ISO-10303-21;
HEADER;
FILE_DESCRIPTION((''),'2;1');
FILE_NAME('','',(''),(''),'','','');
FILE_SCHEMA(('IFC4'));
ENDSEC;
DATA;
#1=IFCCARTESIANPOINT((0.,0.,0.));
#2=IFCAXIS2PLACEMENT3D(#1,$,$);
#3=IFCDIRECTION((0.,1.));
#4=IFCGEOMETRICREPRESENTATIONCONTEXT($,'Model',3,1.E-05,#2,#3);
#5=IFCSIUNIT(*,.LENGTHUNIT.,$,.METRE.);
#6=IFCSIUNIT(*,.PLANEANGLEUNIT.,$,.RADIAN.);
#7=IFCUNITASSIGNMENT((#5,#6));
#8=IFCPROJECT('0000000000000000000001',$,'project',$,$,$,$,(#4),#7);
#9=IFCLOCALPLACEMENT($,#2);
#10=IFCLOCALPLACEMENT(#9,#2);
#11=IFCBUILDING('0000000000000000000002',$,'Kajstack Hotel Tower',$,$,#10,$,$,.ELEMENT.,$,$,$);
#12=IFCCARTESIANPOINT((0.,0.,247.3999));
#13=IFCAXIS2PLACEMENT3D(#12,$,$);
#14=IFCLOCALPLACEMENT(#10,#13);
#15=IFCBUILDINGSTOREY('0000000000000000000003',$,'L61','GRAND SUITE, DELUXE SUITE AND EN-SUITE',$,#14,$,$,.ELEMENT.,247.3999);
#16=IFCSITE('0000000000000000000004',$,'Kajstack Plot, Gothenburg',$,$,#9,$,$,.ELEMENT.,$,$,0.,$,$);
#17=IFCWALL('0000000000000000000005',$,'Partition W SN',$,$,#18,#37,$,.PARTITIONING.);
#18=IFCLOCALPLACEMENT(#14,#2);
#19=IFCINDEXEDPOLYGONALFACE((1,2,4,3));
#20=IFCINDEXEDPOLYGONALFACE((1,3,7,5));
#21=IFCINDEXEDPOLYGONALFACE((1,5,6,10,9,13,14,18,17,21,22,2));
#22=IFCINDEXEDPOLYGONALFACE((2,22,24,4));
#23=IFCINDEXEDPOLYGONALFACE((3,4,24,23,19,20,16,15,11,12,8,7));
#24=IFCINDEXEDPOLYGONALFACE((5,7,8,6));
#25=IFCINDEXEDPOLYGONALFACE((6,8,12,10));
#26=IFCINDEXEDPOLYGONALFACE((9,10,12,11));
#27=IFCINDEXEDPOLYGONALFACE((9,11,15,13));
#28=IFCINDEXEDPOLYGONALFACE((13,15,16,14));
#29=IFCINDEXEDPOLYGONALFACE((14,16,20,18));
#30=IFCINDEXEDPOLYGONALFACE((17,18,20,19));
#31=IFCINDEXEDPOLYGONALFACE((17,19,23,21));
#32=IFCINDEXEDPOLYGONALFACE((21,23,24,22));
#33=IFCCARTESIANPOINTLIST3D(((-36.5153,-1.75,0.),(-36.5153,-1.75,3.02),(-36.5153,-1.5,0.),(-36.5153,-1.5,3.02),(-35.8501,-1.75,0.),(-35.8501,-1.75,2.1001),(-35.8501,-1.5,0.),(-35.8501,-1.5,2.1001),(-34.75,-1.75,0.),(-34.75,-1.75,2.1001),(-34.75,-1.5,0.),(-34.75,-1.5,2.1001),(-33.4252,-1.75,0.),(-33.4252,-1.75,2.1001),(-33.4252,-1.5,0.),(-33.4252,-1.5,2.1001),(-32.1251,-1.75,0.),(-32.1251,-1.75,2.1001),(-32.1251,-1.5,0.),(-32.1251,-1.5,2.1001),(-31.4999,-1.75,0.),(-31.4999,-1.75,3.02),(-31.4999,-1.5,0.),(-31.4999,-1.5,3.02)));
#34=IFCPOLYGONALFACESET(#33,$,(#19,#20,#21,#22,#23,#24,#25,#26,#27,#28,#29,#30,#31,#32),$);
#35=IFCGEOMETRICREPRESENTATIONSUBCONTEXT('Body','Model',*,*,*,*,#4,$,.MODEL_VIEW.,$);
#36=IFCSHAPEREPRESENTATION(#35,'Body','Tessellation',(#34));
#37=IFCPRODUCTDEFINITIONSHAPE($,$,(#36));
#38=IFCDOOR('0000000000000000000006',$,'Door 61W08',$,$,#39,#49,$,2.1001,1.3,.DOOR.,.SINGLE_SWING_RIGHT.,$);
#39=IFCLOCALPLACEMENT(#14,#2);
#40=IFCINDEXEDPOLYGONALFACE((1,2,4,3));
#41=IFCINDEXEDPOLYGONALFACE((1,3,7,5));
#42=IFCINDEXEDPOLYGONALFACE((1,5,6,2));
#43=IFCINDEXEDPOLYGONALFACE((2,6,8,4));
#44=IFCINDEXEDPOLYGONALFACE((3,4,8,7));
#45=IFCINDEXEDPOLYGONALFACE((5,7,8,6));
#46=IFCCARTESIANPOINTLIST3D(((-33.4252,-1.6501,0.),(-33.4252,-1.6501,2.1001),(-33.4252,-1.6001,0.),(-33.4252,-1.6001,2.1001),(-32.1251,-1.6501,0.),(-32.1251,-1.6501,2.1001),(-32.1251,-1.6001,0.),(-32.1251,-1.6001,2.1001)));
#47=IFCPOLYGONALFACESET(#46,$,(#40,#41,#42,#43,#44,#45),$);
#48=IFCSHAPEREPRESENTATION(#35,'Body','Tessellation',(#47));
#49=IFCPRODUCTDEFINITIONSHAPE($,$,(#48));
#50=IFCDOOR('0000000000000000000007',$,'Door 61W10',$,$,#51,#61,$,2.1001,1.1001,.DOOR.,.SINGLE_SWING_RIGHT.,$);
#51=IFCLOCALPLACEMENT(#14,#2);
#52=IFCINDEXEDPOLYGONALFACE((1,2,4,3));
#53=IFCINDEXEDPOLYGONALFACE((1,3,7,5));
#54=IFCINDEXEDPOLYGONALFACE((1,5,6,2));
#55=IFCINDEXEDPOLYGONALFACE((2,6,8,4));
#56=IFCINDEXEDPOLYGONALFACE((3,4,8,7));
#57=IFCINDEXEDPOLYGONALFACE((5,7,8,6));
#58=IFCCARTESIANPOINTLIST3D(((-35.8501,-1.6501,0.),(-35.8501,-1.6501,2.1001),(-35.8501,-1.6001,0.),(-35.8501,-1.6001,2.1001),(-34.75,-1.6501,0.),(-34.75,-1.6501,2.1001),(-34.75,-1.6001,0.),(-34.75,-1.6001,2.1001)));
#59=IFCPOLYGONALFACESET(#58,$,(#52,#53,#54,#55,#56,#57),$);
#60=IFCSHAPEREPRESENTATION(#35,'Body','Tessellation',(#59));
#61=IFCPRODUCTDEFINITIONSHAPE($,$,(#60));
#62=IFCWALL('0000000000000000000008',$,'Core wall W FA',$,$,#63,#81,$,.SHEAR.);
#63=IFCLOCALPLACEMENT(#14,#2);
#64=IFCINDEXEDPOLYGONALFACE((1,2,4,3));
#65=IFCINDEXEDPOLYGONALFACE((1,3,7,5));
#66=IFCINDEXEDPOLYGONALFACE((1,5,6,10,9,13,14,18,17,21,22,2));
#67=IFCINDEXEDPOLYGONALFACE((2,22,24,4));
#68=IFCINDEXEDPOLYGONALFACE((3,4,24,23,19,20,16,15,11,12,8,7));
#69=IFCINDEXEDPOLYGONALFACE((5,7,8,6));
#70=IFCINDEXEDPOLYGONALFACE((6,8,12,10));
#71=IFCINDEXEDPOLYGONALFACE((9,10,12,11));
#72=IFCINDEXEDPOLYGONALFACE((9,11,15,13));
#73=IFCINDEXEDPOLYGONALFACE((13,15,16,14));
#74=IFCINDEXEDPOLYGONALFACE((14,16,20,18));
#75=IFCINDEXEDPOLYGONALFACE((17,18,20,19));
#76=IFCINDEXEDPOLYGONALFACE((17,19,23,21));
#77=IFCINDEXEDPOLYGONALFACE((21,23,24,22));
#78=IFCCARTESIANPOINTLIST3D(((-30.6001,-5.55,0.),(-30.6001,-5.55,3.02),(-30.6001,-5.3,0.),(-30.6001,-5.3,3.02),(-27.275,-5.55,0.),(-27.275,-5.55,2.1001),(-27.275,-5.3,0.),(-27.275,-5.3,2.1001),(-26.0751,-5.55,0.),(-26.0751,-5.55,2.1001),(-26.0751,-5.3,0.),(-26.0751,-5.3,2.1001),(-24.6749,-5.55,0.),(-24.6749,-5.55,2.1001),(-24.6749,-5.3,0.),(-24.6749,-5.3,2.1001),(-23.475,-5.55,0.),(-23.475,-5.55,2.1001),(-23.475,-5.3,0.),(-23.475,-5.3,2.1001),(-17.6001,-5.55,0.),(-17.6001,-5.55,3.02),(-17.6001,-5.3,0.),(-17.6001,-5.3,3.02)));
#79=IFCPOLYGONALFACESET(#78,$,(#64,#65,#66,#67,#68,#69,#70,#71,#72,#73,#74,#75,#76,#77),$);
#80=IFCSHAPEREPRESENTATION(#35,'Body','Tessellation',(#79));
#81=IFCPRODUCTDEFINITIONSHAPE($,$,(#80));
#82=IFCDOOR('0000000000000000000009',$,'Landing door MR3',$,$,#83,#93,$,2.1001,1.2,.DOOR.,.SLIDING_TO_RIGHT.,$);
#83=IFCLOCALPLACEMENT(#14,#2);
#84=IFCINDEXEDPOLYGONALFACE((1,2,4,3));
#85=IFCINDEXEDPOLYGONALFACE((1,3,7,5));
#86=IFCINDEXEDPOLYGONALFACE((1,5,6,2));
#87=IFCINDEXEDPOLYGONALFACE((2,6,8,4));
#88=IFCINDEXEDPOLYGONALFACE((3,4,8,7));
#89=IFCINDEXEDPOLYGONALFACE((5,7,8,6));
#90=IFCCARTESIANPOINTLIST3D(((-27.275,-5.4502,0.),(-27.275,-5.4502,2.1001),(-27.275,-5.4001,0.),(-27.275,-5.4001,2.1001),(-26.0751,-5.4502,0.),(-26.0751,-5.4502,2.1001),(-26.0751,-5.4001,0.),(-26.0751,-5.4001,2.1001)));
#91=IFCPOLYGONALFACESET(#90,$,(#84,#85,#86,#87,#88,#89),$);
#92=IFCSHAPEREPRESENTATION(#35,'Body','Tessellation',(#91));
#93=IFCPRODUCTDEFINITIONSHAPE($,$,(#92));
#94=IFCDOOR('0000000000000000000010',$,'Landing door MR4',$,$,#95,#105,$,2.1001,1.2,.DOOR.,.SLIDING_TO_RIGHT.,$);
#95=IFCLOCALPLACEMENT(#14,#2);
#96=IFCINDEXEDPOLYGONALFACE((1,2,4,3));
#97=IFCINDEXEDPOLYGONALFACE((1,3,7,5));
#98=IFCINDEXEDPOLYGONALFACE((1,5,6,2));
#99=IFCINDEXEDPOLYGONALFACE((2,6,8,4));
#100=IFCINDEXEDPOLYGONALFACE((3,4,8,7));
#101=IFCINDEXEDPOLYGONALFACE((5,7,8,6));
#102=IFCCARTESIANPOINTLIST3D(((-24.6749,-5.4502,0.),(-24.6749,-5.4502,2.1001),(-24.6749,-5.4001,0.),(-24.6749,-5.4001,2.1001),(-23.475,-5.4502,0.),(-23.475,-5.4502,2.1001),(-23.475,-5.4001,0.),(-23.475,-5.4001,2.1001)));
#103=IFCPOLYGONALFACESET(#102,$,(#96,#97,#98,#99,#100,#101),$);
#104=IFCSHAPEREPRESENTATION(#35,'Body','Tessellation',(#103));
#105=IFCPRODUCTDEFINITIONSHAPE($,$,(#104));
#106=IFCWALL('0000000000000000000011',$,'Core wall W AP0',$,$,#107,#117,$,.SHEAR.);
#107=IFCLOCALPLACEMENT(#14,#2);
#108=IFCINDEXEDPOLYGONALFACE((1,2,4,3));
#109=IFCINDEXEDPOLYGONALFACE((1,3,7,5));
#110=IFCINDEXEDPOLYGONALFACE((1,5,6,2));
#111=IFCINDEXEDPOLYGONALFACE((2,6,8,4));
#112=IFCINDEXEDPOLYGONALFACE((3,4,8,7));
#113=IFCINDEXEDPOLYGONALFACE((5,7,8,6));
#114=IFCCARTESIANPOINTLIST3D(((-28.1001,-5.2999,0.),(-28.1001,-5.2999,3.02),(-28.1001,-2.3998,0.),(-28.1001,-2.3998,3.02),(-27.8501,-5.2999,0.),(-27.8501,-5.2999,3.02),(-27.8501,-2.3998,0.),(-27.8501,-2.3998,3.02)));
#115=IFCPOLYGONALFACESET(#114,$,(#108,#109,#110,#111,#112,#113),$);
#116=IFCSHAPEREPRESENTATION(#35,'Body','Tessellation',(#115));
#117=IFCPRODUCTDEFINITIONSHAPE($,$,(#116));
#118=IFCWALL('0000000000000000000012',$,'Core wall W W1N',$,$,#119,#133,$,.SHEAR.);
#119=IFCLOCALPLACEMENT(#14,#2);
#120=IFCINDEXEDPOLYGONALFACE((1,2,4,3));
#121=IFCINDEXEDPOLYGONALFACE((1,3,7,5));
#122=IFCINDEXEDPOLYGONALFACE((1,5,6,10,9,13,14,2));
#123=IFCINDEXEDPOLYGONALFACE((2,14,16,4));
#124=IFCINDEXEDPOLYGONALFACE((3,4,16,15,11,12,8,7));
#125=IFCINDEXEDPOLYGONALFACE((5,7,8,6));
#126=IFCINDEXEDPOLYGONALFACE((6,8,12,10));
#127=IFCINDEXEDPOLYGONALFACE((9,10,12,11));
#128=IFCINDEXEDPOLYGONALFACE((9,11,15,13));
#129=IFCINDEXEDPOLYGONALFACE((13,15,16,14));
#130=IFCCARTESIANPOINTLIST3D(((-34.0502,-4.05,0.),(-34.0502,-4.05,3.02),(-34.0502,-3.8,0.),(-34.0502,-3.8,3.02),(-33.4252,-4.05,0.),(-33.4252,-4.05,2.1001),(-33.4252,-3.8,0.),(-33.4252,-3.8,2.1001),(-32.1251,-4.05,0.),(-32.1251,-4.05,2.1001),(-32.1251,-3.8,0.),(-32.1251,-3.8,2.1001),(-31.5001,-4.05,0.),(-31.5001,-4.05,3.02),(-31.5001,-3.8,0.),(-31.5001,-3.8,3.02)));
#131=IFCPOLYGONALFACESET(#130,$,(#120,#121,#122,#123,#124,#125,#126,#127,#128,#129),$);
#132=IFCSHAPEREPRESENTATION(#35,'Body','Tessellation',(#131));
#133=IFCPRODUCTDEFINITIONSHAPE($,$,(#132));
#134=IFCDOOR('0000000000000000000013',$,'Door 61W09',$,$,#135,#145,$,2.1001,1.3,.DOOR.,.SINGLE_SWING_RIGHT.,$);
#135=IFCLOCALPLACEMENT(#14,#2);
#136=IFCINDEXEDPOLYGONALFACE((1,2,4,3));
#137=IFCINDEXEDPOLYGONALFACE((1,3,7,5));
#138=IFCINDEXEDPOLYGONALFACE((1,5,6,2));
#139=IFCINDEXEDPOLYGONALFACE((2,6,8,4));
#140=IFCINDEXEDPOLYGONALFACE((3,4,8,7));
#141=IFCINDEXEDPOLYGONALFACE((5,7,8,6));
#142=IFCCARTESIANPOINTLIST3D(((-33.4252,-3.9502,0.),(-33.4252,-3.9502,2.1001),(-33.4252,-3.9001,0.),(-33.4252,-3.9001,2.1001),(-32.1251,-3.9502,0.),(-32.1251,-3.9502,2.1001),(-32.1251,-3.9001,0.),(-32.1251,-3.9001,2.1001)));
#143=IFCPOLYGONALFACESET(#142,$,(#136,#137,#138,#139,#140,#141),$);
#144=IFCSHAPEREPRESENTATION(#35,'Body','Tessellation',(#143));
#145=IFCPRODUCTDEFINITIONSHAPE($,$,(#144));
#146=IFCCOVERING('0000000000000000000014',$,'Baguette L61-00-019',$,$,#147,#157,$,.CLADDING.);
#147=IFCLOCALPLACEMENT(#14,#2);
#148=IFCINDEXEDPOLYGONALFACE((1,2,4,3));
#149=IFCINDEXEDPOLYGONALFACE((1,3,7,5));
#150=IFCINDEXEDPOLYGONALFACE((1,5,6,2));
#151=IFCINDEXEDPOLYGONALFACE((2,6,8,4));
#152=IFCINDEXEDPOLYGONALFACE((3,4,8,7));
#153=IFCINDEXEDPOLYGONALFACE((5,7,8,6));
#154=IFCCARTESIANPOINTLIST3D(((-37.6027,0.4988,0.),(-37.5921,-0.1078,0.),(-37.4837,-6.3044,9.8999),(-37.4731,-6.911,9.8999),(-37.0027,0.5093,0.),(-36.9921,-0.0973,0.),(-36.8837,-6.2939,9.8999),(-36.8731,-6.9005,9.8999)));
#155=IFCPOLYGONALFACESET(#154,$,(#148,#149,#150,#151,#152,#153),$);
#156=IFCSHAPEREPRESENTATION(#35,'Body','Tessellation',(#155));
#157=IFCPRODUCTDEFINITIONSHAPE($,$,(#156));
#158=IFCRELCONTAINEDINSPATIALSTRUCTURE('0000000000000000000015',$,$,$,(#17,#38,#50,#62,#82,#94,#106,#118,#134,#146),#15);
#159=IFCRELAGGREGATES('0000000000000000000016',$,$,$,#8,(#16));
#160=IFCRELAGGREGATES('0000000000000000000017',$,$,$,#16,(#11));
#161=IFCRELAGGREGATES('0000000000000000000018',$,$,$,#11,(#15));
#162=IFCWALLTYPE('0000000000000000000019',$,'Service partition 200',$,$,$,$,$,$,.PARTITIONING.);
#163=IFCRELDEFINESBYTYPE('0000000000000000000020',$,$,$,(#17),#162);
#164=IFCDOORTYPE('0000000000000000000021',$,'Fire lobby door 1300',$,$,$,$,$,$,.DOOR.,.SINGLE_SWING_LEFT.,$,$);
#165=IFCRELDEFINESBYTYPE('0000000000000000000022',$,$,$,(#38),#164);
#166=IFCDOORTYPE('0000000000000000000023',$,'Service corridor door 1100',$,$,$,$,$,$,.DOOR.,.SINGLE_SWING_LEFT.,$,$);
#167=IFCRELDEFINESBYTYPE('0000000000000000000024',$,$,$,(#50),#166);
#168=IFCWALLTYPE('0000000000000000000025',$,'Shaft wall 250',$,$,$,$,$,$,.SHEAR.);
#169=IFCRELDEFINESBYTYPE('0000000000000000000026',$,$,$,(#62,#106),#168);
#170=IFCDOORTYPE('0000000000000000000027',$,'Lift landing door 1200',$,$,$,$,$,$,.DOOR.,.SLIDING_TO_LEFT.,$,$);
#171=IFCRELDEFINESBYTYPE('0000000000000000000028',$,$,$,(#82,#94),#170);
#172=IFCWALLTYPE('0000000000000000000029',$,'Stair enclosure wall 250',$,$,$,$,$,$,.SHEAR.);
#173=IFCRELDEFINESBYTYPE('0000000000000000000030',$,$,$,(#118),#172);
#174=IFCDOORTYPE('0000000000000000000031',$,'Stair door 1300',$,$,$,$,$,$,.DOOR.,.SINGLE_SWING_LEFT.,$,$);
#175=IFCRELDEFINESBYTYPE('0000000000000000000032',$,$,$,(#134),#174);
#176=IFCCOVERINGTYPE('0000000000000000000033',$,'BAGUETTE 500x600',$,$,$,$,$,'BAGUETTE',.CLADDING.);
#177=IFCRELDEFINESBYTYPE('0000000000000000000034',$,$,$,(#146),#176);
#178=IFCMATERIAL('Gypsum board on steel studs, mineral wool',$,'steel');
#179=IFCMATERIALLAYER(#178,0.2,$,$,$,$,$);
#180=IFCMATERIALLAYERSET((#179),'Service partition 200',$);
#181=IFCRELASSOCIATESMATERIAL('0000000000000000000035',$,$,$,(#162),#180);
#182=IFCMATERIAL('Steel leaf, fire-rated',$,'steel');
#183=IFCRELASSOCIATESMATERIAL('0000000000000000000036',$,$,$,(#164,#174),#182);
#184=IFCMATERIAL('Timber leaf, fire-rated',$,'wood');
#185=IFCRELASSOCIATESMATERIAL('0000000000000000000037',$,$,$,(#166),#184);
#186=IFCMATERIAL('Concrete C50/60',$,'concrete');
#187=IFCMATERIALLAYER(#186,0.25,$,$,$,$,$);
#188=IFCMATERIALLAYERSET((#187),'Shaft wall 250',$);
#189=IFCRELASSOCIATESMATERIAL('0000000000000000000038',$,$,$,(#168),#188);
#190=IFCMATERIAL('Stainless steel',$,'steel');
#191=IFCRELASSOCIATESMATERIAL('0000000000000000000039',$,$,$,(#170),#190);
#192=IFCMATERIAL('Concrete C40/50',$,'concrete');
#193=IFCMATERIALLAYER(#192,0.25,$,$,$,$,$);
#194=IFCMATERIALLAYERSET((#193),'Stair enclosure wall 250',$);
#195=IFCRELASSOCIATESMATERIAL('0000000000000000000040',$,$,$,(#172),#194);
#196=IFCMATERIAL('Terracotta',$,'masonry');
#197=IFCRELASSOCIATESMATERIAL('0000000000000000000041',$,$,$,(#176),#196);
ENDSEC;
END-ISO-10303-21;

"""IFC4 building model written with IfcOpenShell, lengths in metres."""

from ifc_helpers import new_model, si_unit, direction, frame, frame_2d, origin, origin_2d, place, context, subcontext, project, spatial, polyline, rectangle, outline, extrude, material, layer, layer_set, material_profile, profile_set, type_object, element, fill, save


model = new_model("IFC4")

# Units and contexts
model_context = context("Model", 3, precision=1e-05, world=origin(), true_north=direction((0.0, 1.0)))
body_context = subcontext(model_context, "Body", "Model", "MODEL_VIEW")
ifc_project = project(units=[si_unit("LENGTHUNIT", "METRE"), si_unit("PLANEANGLEUNIT", "RADIAN")], contexts=[model_context])

# Site, building, storey
site_placement = place(None, origin())
site = spatial("IfcSite", under=ifc_project, at=site_placement, Name="Kajstack Plot, Gothenburg", CompositionType="ELEMENT", RefElevation=0.0)
building_placement = place(site_placement, origin())
building = spatial("IfcBuilding", under=site, at=building_placement, Name="Kajstack Hotel Tower", CompositionType="ELEMENT")
storey_placement = place(building_placement, frame((0.0, 0.0, 247.3999)))
storey = spatial("IfcBuildingStorey", under=building, at=storey_placement, Name="L61", Description="GRAND SUITE, DELUXE SUITE AND EN-SUITE", CompositionType="ELEMENT", Elevation=247.3999)

# Shared definitions
ifc_material_1 = material(Name="Gypsum board on steel studs, mineral wool", Category="steel")

# Walls, openings, doors
ifc_layer_1 = layer(ifc_material_1, 0.2)
ifc_layer_set_1 = layer_set([ifc_layer_1], Name="Service partition 200")
wall_type_1 = type_object("IfcWallType", Name="Service partition 200", PredefinedType="PARTITIONING", material=ifc_layer_set_1)
wall_1_placement = place(storey_placement, frame((-36.5154, -1.625, 0.0), z_axis=(0.0, 0.0, 1.0), x_axis=(1.0, 0.0, 0.0)))
wall_1 = element("IfcWall", 1, at=wall_1_placement, inside=storey, type_object=wall_type_1, Name="Partition W SN", PredefinedType="PARTITIONING", context=body_context, shape_type="SweptSolid", body=[
    extrude(rectangle(XDim=5.0154, YDim=0.25, at=frame_2d((2.5078, 0.0))), origin(), (0.0, 0.0, 1.0), 3.02),
])
opening_1_placement = place(wall_1_placement, frame((3.0903, 0.0, 0.0)))
opening_1 = element("IfcOpeningElement", 2, at=opening_1_placement, cuts=wall_1, PredefinedType="OPENING", context=body_context, shape_type="SweptSolid", body=[
    extrude(rectangle(XDim=1.3, YDim=2.1001, at=frame_2d((0.6499, 1.05))), frame((0.0, 0.135, 0.0), z_axis=(0.0, -1.0, 0.0), x_axis=(1.0, 0.0, 0.0)), (0.0, 0.0, 1.0), 0.27),
])
opening_2_placement = place(wall_1_placement, frame((0.6653, 0.0, 0.0)))
opening_2 = element("IfcOpeningElement", 3, at=opening_2_placement, cuts=wall_1, PredefinedType="OPENING", context=body_context, shape_type="SweptSolid", body=[
    extrude(rectangle(XDim=1.1001, YDim=2.1001, at=frame_2d((0.55, 1.05))), frame((0.0, 0.135, 0.0), z_axis=(0.0, -1.0, 0.0), x_axis=(1.0, 0.0, 0.0)), (0.0, 0.0, 1.0), 0.27),
])
ifc_material_2 = material(Name="Steel leaf, fire-rated", Category="steel")
door_type_1 = type_object("IfcDoorType", Name="Fire lobby door 1300", OperationType="SINGLE_SWING_LEFT", PredefinedType="DOOR", material=ifc_material_2)
door_1_placement = place(opening_1_placement, origin())
door_1 = element("IfcDoor", 4, at=door_1_placement, inside=storey, type_object=door_type_1, Name="Door 61W08", OperationType="SINGLE_SWING_RIGHT", OverallHeight=2.1001, OverallWidth=1.3, PredefinedType="DOOR", context=body_context, shape_type="SweptSolid", body=[
    extrude(rectangle(XDim=1.3, YDim=2.1001, at=frame_2d((0.6499, 1.05))), frame((0.0, 0.0249, 0.0), z_axis=(0.0, -1.0, 0.0), x_axis=(1.0, 0.0, 0.0)), (0.0, 0.0, 1.0), 0.05),
])
fill(opening_1, door_1)
ifc_material_3 = material(Name="Timber leaf, fire-rated", Category="wood")
door_type_2 = type_object("IfcDoorType", Name="Service corridor door 1100", OperationType="SINGLE_SWING_LEFT", PredefinedType="DOOR", material=ifc_material_3)
door_2_placement = place(opening_2_placement, origin())
door_2 = element("IfcDoor", 5, at=door_2_placement, inside=storey, type_object=door_type_2, Name="Door 61W10", OperationType="SINGLE_SWING_RIGHT", OverallHeight=2.1001, OverallWidth=1.1001, PredefinedType="DOOR", context=body_context, shape_type="SweptSolid", body=[
    extrude(rectangle(XDim=1.1001, YDim=2.1001, at=frame_2d((0.55, 1.05))), frame((0.0, 0.0249, 0.0), z_axis=(0.0, -1.0, 0.0), x_axis=(1.0, 0.0, 0.0)), (0.0, 0.0, 1.0), 0.05),
])
fill(opening_2, door_2)
ifc_material_4 = material(Name="Concrete C50/60", Category="concrete")
ifc_layer_2 = layer(ifc_material_4, 0.25)
ifc_layer_set_2 = layer_set([ifc_layer_2], Name="Shaft wall 250")
wall_type_2 = type_object("IfcWallType", Name="Shaft wall 250", PredefinedType="SHEAR", material=ifc_layer_set_2)
wall_2_placement = place(storey_placement, frame((-30.6001, -5.425, 0.0), z_axis=(0.0, 0.0, 1.0), x_axis=(1.0, 0.0, 0.0)))
wall_2 = element("IfcWall", 6, at=wall_2_placement, inside=storey, type_object=wall_type_2, Name="Core wall W FA", PredefinedType="SHEAR", context=body_context, shape_type="SweptSolid", body=[
    extrude(rectangle(XDim=13.0, YDim=0.25, at=frame_2d((6.5, 0.0))), origin(), (0.0, 0.0, 1.0), 3.02),
])
opening_3_placement = place(wall_2_placement, frame((3.325, 0.0, 0.0)))
opening_3 = element("IfcOpeningElement", 7, at=opening_3_placement, cuts=wall_2, PredefinedType="OPENING", context=body_context, shape_type="SweptSolid", body=[
    extrude(rectangle(XDim=1.2, YDim=2.1001, at=frame_2d((0.6001, 1.05))), frame((0.0, 0.135, 0.0), z_axis=(0.0, -1.0, 0.0), x_axis=(1.0, 0.0, 0.0)), (0.0, 0.0, 1.0), 0.27),
])
opening_4_placement = place(wall_2_placement, frame((5.925, 0.0, 0.0)))
opening_4 = element("IfcOpeningElement", 8, at=opening_4_placement, cuts=wall_2, PredefinedType="OPENING", context=body_context, shape_type="SweptSolid", body=[
    extrude(rectangle(XDim=1.2, YDim=2.1001, at=frame_2d((0.6001, 1.05))), frame((0.0, 0.135, 0.0), z_axis=(0.0, -1.0, 0.0), x_axis=(1.0, 0.0, 0.0)), (0.0, 0.0, 1.0), 0.27),
])
ifc_material_5 = material(Name="Stainless steel", Category="steel")
door_type_3 = type_object("IfcDoorType", Name="Lift landing door 1200", OperationType="SLIDING_TO_LEFT", PredefinedType="DOOR", material=ifc_material_5)
door_3_placement = place(opening_3_placement, origin())
door_3 = element("IfcDoor", 9, at=door_3_placement, inside=storey, type_object=door_type_3, Name="Landing door MR3", OperationType="SLIDING_TO_RIGHT", OverallHeight=2.1001, OverallWidth=1.2, PredefinedType="DOOR", context=body_context, shape_type="SweptSolid", body=[
    extrude(rectangle(XDim=1.2, YDim=2.1001, at=frame_2d((0.6001, 1.05))), frame((0.0, 0.0249, 0.0), z_axis=(0.0, -1.0, 0.0), x_axis=(1.0, 0.0, 0.0)), (0.0, 0.0, 1.0), 0.05),
])
fill(opening_3, door_3)
door_4_placement = place(opening_4_placement, origin())
door_4 = element("IfcDoor", 10, at=door_4_placement, inside=storey, type_object=door_type_3, Name="Landing door MR4", OperationType="SLIDING_TO_RIGHT", OverallHeight=2.1001, OverallWidth=1.2, PredefinedType="DOOR", context=body_context, shape_type="SweptSolid", body=[
    extrude(rectangle(XDim=1.2, YDim=2.1001, at=frame_2d((0.6001, 1.05))), frame((0.0, 0.0249, 0.0), z_axis=(0.0, -1.0, 0.0), x_axis=(1.0, 0.0, 0.0)), (0.0, 0.0, 1.0), 0.05),
])
fill(opening_4, door_4)

# Wall
wall_3_placement = place(storey_placement, frame((-27.9751, -5.3, 0.0), z_axis=(0.0, 0.0, 1.0), x_axis=(0.0, 1.0, 0.0)))
element("IfcWall", 11, at=wall_3_placement, inside=storey, type_object=wall_type_2, Name="Core wall W AP0", PredefinedType="SHEAR", context=body_context, shape_type="SweptSolid", body=[
    extrude(rectangle(XDim=2.9001, YDim=0.25, at=frame_2d((1.4502, 0.0))), origin(), (0.0, 0.0, 1.0), 3.02),
])

# Wall, opening, door
ifc_material_6 = material(Name="Concrete C40/50", Category="concrete")
ifc_layer_3 = layer(ifc_material_6, 0.25)
ifc_layer_set_3 = layer_set([ifc_layer_3], Name="Stair enclosure wall 250")
wall_type_3 = type_object("IfcWallType", Name="Stair enclosure wall 250", PredefinedType="SHEAR", material=ifc_layer_set_3)
wall_4_placement = place(storey_placement, frame((-34.05, -3.925, 0.0), z_axis=(0.0, 0.0, 1.0), x_axis=(1.0, 0.0, 0.0)))
wall_4 = element("IfcWall", 12, at=wall_4_placement, inside=storey, type_object=wall_type_3, Name="Core wall W W1N", PredefinedType="SHEAR", context=body_context, shape_type="SweptSolid", body=[
    extrude(rectangle(XDim=2.55, YDim=0.25, at=frame_2d((1.2749, 0.0))), origin(), (0.0, 0.0, 1.0), 3.02),
])
opening_5_placement = place(wall_4_placement, frame((0.625, 0.0, 0.0)))
opening_5 = element("IfcOpeningElement", 13, at=opening_5_placement, cuts=wall_4, PredefinedType="OPENING", context=body_context, shape_type="SweptSolid", body=[
    extrude(rectangle(XDim=1.3, YDim=2.1001, at=frame_2d((0.6499, 1.05))), frame((0.0, 0.135, 0.0), z_axis=(0.0, -1.0, 0.0), x_axis=(1.0, 0.0, 0.0)), (0.0, 0.0, 1.0), 0.27),
])
door_type_4 = type_object("IfcDoorType", Name="Stair door 1300", OperationType="SINGLE_SWING_LEFT", PredefinedType="DOOR", material=ifc_material_2)
door_5_placement = place(opening_5_placement, origin())
door_5 = element("IfcDoor", 14, at=door_5_placement, inside=storey, type_object=door_type_4, Name="Door 61W09", OperationType="SINGLE_SWING_RIGHT", OverallHeight=2.1001, OverallWidth=1.3, PredefinedType="DOOR", context=body_context, shape_type="SweptSolid", body=[
    extrude(rectangle(XDim=1.3, YDim=2.1001, at=frame_2d((0.6499, 1.05))), frame((0.0, 0.0249, 0.0), z_axis=(0.0, -1.0, 0.0), x_axis=(1.0, 0.0, 0.0)), (0.0, 0.0, 1.0), 0.05),
])
fill(opening_5, door_5)

# Covering
ifc_material_7 = material(Name="Terracotta", Category="masonry")
ifc_material_profile = material_profile(ifc_material_7, rectangle(XDim=0.6001, YDim=0.5, at=origin_2d()), Name="Terracotta-clad concrete baguette 500 x 600")
ifc_profile_set = profile_set([ifc_material_profile], Name="Terracotta")
covering_type = type_object("IfcCoveringType", Name="BAGUETTE 500x600", ElementType="BAGUETTE", PredefinedType="CLADDING", material=ifc_profile_set)
covering_1_placement = place(storey_placement, frame((-37.0027, 0.5093, 0.0), z_axis=(-0.999847, -0.017491, 0.0), x_axis=(0.017491, -0.999847, 0.0)))
element("IfcCovering", 15, at=covering_1_placement, inside=storey, type_object=covering_type, Name="Baguette L61-00-019", PredefinedType="CLADDING", context=body_context, shape_type="SweptSolid", body=[
    extrude(outline(polyline([(6.8042, 9.8999), (0.0, 0.0), (0.6067, 0.0), (7.4109, 9.8999), (6.8042, 9.8999)])), origin(), (0.0, 0.0, 1.0), 0.6001),
])

save(model, "model.ifc")
